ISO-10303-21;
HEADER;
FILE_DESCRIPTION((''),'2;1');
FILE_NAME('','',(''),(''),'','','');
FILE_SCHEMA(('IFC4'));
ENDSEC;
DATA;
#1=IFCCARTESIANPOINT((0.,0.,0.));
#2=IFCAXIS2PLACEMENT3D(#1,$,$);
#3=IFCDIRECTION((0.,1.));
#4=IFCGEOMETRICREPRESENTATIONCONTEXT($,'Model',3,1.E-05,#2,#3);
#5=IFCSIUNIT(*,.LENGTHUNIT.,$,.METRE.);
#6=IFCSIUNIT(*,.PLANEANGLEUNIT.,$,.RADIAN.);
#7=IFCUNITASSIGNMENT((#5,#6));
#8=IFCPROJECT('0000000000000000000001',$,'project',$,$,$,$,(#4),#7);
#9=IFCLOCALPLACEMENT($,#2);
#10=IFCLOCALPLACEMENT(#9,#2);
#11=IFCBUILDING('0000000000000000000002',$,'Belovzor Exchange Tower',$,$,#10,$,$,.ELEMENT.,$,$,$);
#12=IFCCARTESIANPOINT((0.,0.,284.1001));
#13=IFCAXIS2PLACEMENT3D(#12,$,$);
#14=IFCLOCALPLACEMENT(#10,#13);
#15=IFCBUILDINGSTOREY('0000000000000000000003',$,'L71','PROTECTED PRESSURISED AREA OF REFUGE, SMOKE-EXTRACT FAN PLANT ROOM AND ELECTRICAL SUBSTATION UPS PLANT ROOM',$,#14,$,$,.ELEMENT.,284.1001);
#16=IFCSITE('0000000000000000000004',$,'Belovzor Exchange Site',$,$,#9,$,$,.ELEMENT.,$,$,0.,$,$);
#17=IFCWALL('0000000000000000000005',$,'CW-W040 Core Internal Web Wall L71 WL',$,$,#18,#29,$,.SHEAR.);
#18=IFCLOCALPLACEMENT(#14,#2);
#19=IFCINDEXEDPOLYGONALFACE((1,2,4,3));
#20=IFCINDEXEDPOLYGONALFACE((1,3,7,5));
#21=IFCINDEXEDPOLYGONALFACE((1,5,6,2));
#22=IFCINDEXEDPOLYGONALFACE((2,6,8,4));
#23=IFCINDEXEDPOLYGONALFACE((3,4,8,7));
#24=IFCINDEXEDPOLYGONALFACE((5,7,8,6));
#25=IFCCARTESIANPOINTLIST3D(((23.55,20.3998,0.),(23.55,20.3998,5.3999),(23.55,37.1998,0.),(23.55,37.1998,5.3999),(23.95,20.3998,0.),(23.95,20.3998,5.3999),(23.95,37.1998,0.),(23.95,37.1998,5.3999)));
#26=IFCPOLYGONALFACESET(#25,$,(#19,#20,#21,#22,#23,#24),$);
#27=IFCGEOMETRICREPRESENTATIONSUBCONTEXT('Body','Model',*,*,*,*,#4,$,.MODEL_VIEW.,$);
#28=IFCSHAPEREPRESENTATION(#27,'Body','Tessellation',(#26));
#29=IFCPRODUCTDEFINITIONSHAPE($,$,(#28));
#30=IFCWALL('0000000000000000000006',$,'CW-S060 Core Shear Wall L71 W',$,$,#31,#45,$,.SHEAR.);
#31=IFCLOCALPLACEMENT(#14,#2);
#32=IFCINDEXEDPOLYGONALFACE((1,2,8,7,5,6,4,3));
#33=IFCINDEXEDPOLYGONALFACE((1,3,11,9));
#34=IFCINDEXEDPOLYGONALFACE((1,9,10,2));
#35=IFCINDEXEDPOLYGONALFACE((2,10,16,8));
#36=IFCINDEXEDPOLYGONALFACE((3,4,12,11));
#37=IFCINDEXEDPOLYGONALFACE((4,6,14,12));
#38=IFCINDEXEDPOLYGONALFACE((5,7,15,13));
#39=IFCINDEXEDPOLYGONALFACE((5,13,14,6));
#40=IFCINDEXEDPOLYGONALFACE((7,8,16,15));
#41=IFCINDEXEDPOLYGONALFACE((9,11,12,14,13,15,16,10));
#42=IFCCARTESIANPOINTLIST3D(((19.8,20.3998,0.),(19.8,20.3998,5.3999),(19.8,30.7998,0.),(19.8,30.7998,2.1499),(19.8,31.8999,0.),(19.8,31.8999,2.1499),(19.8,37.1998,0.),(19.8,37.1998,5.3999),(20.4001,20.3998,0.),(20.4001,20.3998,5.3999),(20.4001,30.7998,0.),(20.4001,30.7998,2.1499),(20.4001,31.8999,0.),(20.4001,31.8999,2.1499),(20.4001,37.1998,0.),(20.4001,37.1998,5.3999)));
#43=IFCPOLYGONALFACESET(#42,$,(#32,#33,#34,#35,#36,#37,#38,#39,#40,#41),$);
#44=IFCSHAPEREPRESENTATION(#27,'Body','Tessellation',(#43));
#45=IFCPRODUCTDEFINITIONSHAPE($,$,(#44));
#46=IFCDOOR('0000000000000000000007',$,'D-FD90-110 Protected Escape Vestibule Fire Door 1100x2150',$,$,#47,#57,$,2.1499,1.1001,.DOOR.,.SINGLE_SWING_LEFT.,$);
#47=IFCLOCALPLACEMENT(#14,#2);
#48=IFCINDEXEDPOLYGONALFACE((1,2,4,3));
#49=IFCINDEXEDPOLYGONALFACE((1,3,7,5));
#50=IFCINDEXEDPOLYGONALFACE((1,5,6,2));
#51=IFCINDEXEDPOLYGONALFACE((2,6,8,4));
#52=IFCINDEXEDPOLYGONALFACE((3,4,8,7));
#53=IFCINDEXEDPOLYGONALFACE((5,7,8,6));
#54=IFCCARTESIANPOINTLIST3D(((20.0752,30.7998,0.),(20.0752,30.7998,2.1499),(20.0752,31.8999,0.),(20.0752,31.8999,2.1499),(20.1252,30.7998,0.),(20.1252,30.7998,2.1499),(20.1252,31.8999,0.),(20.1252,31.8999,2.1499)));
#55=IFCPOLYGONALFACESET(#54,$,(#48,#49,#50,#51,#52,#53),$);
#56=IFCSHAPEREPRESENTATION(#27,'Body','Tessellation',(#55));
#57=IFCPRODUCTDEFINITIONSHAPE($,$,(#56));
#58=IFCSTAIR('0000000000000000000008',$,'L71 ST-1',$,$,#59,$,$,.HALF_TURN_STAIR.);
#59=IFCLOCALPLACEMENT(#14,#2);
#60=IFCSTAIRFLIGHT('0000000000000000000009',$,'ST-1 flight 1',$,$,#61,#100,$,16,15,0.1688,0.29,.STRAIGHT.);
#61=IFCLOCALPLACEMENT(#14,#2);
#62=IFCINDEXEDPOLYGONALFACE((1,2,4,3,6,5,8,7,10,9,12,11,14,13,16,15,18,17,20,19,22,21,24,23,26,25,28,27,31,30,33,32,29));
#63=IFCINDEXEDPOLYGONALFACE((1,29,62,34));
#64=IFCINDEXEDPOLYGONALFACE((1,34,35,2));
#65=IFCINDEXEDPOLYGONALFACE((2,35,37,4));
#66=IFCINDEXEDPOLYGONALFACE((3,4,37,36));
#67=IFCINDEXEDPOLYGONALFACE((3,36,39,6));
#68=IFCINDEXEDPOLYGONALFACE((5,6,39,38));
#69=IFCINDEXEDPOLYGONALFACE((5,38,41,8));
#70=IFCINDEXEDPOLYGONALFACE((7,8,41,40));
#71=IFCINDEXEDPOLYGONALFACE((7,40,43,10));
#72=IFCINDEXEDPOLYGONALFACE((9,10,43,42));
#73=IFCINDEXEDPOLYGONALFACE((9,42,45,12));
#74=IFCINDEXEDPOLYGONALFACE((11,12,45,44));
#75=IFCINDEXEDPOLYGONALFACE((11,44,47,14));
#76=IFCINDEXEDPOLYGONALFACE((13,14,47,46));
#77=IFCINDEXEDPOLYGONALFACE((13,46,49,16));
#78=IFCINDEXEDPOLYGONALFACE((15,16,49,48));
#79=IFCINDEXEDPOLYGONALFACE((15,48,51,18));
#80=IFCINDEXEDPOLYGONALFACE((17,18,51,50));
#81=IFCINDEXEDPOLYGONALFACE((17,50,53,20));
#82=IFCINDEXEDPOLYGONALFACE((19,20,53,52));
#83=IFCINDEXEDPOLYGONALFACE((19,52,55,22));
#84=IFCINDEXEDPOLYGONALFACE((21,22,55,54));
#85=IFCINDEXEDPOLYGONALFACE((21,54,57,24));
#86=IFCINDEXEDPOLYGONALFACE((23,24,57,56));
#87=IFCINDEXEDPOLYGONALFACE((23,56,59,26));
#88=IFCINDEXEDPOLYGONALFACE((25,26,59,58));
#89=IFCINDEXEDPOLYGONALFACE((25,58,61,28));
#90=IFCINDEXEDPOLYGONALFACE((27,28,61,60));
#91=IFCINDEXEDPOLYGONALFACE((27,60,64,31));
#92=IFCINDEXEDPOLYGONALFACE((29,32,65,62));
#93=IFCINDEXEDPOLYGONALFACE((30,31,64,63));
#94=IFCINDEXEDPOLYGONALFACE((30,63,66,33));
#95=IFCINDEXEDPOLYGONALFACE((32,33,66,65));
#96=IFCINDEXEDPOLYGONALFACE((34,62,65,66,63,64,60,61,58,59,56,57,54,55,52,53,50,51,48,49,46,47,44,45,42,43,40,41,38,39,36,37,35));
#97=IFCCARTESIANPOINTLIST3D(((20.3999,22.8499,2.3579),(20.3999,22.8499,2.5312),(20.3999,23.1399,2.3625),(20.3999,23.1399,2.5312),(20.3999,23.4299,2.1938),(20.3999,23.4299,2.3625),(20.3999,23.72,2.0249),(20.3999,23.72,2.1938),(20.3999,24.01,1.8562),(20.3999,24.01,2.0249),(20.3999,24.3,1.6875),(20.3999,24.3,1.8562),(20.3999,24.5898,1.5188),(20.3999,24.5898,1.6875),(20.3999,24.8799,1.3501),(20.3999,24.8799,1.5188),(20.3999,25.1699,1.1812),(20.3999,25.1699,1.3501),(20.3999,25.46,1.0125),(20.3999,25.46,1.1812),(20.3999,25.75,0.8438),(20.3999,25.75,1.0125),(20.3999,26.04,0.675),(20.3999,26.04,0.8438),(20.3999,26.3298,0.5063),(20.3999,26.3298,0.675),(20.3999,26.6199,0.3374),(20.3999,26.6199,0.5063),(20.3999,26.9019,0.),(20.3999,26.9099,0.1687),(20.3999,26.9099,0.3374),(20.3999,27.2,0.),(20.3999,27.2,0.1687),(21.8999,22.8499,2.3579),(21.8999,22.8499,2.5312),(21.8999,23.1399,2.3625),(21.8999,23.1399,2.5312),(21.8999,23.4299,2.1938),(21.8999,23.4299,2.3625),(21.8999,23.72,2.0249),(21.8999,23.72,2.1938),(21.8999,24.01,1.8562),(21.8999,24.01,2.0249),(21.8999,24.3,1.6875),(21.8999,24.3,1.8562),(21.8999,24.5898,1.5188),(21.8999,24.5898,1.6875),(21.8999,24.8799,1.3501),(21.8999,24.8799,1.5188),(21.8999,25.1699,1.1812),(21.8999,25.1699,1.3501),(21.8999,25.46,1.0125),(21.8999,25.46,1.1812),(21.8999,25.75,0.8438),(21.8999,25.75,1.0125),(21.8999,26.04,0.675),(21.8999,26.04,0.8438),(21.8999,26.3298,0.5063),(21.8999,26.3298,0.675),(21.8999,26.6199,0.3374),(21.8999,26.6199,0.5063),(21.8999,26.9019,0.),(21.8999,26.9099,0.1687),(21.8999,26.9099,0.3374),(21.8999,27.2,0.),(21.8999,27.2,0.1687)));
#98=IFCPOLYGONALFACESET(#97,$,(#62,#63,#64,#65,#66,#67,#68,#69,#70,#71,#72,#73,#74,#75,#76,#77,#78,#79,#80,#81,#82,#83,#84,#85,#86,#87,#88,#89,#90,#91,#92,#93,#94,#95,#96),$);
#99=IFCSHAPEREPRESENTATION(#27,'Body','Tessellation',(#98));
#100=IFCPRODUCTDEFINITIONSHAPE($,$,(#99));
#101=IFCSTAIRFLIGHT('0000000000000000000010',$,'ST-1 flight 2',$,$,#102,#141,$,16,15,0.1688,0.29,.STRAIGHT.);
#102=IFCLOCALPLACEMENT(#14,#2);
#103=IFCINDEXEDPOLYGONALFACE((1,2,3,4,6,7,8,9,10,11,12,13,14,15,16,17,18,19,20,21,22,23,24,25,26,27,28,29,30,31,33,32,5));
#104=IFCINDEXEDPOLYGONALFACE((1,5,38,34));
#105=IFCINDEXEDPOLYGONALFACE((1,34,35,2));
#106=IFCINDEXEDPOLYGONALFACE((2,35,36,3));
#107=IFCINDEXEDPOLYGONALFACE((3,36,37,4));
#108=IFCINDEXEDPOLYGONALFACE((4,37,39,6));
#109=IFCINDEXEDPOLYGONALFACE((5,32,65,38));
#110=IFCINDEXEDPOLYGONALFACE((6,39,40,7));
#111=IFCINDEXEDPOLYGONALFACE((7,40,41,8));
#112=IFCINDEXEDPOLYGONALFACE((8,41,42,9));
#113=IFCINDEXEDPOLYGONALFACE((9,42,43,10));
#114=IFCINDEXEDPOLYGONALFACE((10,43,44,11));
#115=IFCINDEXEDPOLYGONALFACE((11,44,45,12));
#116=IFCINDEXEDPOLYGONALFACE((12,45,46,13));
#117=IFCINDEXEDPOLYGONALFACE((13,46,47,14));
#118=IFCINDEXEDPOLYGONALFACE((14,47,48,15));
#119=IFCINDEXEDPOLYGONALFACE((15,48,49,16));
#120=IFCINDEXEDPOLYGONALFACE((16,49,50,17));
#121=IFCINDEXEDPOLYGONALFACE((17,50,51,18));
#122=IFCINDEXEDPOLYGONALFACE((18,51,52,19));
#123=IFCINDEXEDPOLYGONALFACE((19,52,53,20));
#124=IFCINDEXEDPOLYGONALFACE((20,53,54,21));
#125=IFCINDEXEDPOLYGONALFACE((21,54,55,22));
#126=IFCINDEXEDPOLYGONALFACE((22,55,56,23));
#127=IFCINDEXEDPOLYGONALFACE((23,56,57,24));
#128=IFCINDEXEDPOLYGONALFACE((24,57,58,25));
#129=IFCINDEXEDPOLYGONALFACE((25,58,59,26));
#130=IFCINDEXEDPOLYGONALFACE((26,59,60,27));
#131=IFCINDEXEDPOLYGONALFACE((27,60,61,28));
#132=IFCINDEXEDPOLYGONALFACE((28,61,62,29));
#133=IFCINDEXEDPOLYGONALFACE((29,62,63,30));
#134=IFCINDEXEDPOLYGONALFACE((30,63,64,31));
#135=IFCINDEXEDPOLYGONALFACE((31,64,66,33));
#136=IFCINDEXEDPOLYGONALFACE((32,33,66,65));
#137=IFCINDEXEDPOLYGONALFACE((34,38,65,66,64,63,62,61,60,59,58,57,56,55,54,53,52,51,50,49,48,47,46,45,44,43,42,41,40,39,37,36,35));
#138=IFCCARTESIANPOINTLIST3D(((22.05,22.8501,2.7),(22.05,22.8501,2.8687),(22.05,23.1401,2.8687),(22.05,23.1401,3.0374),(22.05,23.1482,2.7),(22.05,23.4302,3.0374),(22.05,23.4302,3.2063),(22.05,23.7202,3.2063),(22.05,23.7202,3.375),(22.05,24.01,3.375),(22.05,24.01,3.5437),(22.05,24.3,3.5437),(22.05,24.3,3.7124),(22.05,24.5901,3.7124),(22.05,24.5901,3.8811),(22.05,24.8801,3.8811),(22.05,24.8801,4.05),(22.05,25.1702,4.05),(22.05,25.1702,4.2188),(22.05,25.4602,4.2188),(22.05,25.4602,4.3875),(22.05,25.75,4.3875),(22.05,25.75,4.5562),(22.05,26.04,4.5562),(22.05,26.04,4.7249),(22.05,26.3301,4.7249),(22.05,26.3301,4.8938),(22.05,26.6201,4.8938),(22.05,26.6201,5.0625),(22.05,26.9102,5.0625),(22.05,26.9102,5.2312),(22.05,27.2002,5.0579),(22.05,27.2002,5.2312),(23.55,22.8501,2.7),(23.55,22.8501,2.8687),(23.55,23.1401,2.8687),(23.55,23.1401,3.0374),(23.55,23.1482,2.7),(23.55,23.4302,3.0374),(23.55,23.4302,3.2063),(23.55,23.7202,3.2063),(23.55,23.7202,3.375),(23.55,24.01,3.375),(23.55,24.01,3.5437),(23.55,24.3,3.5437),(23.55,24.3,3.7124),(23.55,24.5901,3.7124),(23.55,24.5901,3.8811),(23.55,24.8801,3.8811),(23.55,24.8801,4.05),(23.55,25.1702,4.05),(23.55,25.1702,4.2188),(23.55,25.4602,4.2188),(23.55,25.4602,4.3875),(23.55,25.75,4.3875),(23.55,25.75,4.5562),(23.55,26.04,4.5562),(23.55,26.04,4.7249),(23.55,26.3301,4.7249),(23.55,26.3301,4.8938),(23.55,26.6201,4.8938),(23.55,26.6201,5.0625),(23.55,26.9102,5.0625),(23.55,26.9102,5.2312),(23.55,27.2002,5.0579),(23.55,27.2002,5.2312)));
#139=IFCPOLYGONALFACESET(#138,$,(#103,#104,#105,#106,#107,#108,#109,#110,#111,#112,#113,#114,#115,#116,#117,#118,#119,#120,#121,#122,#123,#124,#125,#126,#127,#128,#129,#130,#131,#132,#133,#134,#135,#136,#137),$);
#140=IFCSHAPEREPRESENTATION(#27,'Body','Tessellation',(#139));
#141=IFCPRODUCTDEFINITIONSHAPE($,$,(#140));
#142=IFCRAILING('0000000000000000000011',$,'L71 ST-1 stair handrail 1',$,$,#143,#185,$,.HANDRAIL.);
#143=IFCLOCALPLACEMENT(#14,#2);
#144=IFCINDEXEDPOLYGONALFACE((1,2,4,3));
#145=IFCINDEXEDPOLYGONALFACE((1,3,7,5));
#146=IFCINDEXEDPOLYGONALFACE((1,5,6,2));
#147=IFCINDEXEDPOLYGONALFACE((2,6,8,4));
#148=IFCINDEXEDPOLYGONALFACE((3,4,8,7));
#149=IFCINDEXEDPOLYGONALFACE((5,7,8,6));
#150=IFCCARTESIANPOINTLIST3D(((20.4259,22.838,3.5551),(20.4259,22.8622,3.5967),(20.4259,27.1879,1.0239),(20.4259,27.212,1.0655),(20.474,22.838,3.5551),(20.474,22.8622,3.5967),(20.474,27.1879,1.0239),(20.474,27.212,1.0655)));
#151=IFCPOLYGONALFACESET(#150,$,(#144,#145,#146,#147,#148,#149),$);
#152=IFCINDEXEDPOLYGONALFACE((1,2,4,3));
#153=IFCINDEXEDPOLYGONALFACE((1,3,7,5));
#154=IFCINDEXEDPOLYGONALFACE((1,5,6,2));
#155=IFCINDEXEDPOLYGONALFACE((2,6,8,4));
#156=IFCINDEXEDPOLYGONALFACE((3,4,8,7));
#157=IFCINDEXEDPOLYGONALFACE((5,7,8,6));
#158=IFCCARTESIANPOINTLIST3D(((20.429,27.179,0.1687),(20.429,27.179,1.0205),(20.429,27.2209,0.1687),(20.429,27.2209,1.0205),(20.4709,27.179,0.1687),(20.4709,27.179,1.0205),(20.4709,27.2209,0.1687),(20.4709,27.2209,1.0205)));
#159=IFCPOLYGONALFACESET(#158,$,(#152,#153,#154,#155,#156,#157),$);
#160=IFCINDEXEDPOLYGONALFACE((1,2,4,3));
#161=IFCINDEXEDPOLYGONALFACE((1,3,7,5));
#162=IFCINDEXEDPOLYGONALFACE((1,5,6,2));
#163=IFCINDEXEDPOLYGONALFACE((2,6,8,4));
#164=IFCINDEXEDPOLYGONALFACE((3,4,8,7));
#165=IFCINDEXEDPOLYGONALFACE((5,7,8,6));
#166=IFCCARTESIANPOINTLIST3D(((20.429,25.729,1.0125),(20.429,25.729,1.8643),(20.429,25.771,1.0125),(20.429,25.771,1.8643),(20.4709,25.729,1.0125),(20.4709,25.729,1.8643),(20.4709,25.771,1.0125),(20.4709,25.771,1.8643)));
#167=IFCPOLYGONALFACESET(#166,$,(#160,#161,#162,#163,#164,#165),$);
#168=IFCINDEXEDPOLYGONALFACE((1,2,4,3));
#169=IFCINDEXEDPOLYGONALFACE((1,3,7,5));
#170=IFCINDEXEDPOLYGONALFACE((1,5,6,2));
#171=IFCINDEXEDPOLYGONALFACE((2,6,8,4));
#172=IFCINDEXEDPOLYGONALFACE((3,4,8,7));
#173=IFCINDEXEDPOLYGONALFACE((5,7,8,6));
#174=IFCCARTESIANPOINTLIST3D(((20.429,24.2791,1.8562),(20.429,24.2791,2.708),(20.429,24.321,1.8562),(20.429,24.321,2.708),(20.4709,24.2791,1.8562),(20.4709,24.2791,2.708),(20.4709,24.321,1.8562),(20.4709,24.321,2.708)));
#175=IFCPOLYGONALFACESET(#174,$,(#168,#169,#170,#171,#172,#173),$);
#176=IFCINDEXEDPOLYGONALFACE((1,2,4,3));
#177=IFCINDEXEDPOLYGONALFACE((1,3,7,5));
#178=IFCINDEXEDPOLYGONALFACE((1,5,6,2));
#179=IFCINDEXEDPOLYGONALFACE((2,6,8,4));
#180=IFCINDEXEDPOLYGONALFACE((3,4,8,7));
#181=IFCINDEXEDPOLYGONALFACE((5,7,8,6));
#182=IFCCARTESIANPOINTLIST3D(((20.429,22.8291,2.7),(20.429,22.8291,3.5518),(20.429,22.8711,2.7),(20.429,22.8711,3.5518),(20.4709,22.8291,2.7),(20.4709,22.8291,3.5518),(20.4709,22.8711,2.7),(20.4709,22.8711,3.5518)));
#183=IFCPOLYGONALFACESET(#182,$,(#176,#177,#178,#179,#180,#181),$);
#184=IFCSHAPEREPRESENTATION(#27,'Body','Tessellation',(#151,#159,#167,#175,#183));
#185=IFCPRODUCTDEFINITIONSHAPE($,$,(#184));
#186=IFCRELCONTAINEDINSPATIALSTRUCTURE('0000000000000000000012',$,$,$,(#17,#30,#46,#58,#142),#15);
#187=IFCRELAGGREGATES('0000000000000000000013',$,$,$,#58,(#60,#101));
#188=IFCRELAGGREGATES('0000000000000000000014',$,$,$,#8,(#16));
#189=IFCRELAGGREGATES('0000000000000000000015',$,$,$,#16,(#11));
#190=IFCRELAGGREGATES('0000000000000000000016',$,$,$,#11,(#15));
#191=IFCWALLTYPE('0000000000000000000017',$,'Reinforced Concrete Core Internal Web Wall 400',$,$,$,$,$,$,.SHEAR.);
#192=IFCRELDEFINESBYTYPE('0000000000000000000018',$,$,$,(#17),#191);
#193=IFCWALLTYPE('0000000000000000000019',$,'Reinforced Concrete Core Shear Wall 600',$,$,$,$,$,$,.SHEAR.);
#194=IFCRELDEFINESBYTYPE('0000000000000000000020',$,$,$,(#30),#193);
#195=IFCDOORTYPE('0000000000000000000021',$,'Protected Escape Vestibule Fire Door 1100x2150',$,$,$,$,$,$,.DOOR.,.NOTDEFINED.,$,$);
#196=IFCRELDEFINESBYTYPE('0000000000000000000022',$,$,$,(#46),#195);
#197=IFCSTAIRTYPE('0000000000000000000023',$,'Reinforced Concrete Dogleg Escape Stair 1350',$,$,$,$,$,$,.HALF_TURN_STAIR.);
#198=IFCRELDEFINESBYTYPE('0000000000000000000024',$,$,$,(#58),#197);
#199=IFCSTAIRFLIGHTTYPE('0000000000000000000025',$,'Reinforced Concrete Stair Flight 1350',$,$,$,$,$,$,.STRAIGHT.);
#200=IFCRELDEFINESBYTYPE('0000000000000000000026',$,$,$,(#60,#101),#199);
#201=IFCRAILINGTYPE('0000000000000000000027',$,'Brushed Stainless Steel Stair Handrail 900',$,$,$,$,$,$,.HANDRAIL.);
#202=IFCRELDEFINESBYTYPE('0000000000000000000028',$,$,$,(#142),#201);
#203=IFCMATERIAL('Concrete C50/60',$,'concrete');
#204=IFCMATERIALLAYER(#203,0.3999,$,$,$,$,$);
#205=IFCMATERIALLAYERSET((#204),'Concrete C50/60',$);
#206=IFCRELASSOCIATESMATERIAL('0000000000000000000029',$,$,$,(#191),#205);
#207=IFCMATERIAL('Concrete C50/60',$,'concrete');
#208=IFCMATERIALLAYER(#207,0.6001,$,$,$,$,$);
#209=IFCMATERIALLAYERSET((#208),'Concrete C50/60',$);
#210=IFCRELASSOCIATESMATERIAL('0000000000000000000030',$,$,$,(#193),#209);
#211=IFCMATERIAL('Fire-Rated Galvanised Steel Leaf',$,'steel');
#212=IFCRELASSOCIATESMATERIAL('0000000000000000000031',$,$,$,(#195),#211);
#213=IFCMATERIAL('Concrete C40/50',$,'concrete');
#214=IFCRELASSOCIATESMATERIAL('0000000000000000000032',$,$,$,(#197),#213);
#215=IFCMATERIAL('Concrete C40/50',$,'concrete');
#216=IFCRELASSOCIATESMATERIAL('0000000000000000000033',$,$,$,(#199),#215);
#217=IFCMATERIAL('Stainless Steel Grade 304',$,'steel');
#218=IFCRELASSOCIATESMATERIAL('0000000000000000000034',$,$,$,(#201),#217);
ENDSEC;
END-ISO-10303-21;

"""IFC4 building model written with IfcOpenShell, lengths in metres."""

from ifc_helpers import new_model, si_unit, direction, frame, frame_2d, origin, origin_2d, place, context, subcontext, project, spatial, polyline, rectangle, outline, extrude, material, layer, layer_set, type_object, element, fill, aggregate, save


model = new_model("IFC4")

# Units and contexts
model_context = context("Model", 3, precision=1e-05, world=origin(), true_north=direction((0.0, 1.0)))
body_context = subcontext(model_context, "Body", "Model", "MODEL_VIEW")
ifc_project = project(units=[si_unit("LENGTHUNIT", "METRE"), si_unit("PLANEANGLEUNIT", "RADIAN")], contexts=[model_context])

# Site, building, storey
site_placement = place(None, origin())
site = spatial("IfcSite", under=ifc_project, at=site_placement, Name="Belovzor Exchange Site", CompositionType="ELEMENT", RefElevation=0.0)
building_placement = place(site_placement, origin())
building = spatial("IfcBuilding", under=site, at=building_placement, Name="Belovzor Exchange Tower", CompositionType="ELEMENT")
storey_placement = place(building_placement, frame((0.0, 0.0, 284.1001)))
storey = spatial("IfcBuildingStorey", under=building, at=storey_placement, Name="L71", Description="PROTECTED PRESSURISED AREA OF REFUGE, SMOKE-EXTRACT FAN PLANT ROOM AND ELECTRICAL SUBSTATION UPS PLANT ROOM", CompositionType="ELEMENT", Elevation=284.1001)

# Wall
ifc_material_1 = material(Name="Concrete C50/60", Category="concrete")
ifc_layer_1 = layer(ifc_material_1, 0.3999)
ifc_layer_set_1 = layer_set([ifc_layer_1], Name="Concrete C50/60")
wall_type_1 = type_object("IfcWallType", Name="Reinforced Concrete Core Internal Web Wall 400", PredefinedType="SHEAR", material=ifc_layer_set_1)
wall_1_placement = place(storey_placement, frame((23.75, 20.3999, 0.0), z_axis=(0.0, 0.0, 1.0), x_axis=(0.0, 1.0, 0.0)))
element("IfcWall", 1, at=wall_1_placement, inside=storey, type_object=wall_type_1, Name="CW-W040 Core Internal Web Wall L71 WL", PredefinedType="SHEAR", context=body_context, shape_type="SweptSolid", body=[
    extrude(rectangle(XDim=16.8, YDim=0.3999, at=frame_2d((8.3999, 0.0))), origin(), (0.0, 0.0, 1.0), 5.3999),
])

# Wall, opening, door
ifc_material_2 = material(Name="Concrete C50/60", Category="concrete")
ifc_layer_2 = layer(ifc_material_2, 0.6001)
ifc_layer_set_2 = layer_set([ifc_layer_2], Name="Concrete C50/60")
wall_type_2 = type_object("IfcWallType", Name="Reinforced Concrete Core Shear Wall 600", PredefinedType="SHEAR", material=ifc_layer_set_2)
wall_2_placement = place(storey_placement, frame((20.1001, 20.3999, 0.0), z_axis=(0.0, 0.0, 1.0), x_axis=(0.0, 1.0, 0.0)))
wall_2 = element("IfcWall", 2, at=wall_2_placement, inside=storey, type_object=wall_type_2, Name="CW-S060 Core Shear Wall L71 W", PredefinedType="SHEAR", context=body_context, shape_type="SweptSolid", body=[
    extrude(rectangle(XDim=16.8, YDim=0.6001, at=frame_2d((8.3999, 0.0))), origin(), (0.0, 0.0, 1.0), 5.3999),
])
opening_1_placement = place(wall_2_placement, frame((10.3999, 0.0, 0.0)))
opening_1 = element("IfcOpeningElement", 3, at=opening_1_placement, cuts=wall_2, PredefinedType="OPENING", context=body_context, shape_type="SweptSolid", body=[
    extrude(rectangle(XDim=1.1001, YDim=2.1499, at=frame_2d((0.55, 1.075))), frame((0.0, 0.3101, 0.0), z_axis=(0.0, -1.0, 0.0), x_axis=(1.0, 0.0, 0.0)), (0.0, 0.0, 1.0), 0.6201),
])
ifc_material_3 = material(Name="Fire-Rated Galvanised Steel Leaf", Category="steel")
door_type_1 = type_object("IfcDoorType", Name="Protected Escape Vestibule Fire Door 1100x2150", OperationType="NOTDEFINED", PredefinedType="DOOR", material=ifc_material_3)
door_1_placement = place(opening_1_placement, origin())
door_1 = element("IfcDoor", 4, at=door_1_placement, inside=storey, type_object=door_type_1, Name="D-FD90-110 Protected Escape Vestibule Fire Door 1100x2150", OperationType="SINGLE_SWING_LEFT", OverallHeight=2.1499, OverallWidth=1.1001, PredefinedType="DOOR", context=body_context, shape_type="SweptSolid", body=[
    extrude(rectangle(XDim=1.1001, YDim=2.1499, at=frame_2d((0.55, 1.075))), frame((0.0, 0.0249, 0.0), z_axis=(0.0, -1.0, 0.0), x_axis=(1.0, 0.0, 0.0)), (0.0, 0.0, 1.0), 0.05),
])
fill(opening_1, door_1)

# Stair, stair flights
ifc_material_4 = material(Name="Concrete C40/50", Category="concrete")
stair_type = type_object("IfcStairType", Name="Reinforced Concrete Dogleg Escape Stair 1350", PredefinedType="HALF_TURN_STAIR", material=ifc_material_4)
stair_placement = place(storey_placement, origin())
stair = element("IfcStair", 5, at=stair_placement, inside=storey, type_object=stair_type, Name="L71 ST-1", PredefinedType="HALF_TURN_STAIR")
ifc_material_5 = material(Name="Concrete C40/50", Category="concrete")
stair_flight_type = type_object("IfcStairFlightType", Name="Reinforced Concrete Stair Flight 1350", PredefinedType="STRAIGHT", material=ifc_material_5)
stair_flight_1_placement = place(storey_placement, frame((21.1499, 27.2, 0.0), z_axis=(0.0, 0.0, 1.0), x_axis=(0.0, -1.0, 0.0)))
stair_flight_1 = element("IfcStairFlight", 6, at=stair_flight_1_placement, type_object=stair_flight_type, Name="ST-1 flight 1", NumberOfRisers=16, NumberOfTreads=15, PredefinedType="STRAIGHT", RiserHeight=0.1688, TreadLength=0.29, context=body_context, shape_type="SweptSolid", body=[
    extrude(outline(polyline([(0.0, 0.0), (0.0, 0.1687), (0.29, 0.1687), (0.29, 0.3374), (0.5801, 0.3374), (0.5801, 0.5063), (0.8701, 0.5063), (0.8701, 0.675), (1.1599, 0.675), (1.1599, 0.8438), (1.45, 0.8438), (1.45, 1.0125), (1.74, 1.0125), (1.74, 1.1812), (2.03, 1.1812), (2.03, 1.3501), (2.3201, 1.3501), (2.3201, 1.5188), (2.6101, 1.5188), (2.6101, 1.6875), (2.8999, 1.6875), (2.8999, 1.8562), (3.1899, 1.8562), (3.1899, 2.0249), (3.48, 2.0249), (3.48, 2.1938), (3.77, 2.1938), (3.77, 2.3625), (4.0601, 2.3625), (4.0601, 2.5312), (4.3501, 2.5312), (4.3501, 2.7), (4.3501, 2.3579), (0.2981, 0.0), (0.0, 0.0)])), frame((0.0, 0.75, 0.0), z_axis=(0.0, -1.0, 0.0), x_axis=(1.0, 0.0, 0.0)), (0.0, 0.0, 1.0), 1.5),
])
stair_flight_2_placement = place(storey_placement, frame((22.8, 22.8501, 2.7), z_axis=(0.0, 0.0, 1.0), x_axis=(0.0, 1.0, 0.0)))
stair_flight_2 = element("IfcStairFlight", 7, at=stair_flight_2_placement, type_object=stair_flight_type, Name="ST-1 flight 2", NumberOfRisers=16, NumberOfTreads=15, PredefinedType="STRAIGHT", RiserHeight=0.1688, TreadLength=0.29, context=body_context, shape_type="SweptSolid", body=[
    extrude(outline(polyline([(0.0, 0.0), (0.0, 0.1687), (0.29, 0.1687), (0.29, 0.3374), (0.5801, 0.3374), (0.5801, 0.5063), (0.8701, 0.5063), (0.8701, 0.675), (1.1599, 0.675), (1.1599, 0.8438), (1.45, 0.8438), (1.45, 1.0125), (1.74, 1.0125), (1.74, 1.1812), (2.03, 1.1812), (2.03, 1.3501), (2.3201, 1.3501), (2.3201, 1.5188), (2.6101, 1.5188), (2.6101, 1.6875), (2.8999, 1.6875), (2.8999, 1.8562), (3.1899, 1.8562), (3.1899, 2.0249), (3.48, 2.0249), (3.48, 2.1938), (3.77, 2.1938), (3.77, 2.3625), (4.0601, 2.3625), (4.0601, 2.5312), (4.3501, 2.5312), (4.3501, 2.7), (4.3501, 2.3579), (0.2981, 0.0), (0.0, 0.0)])), frame((0.0, 0.75, 0.0), z_axis=(0.0, -1.0, 0.0), x_axis=(1.0, 0.0, 0.0)), (0.0, 0.0, 1.0), 1.5),
])
aggregate(stair, [stair_flight_1, stair_flight_2])

# Railing
ifc_material_6 = material(Name="Stainless Steel Grade 304", Category="steel")
railing_type_1 = type_object("IfcRailingType", Name="Brushed Stainless Steel Stair Handrail 900", PredefinedType="HANDRAIL", material=ifc_material_6)
railing_1_placement = place(storey_placement, frame((20.45, 27.2, 0.1687)))
element("IfcRailing", 8, at=railing_1_placement, inside=storey, type_object=railing_type_1, Name="L71 ST-1 stair handrail 1", PredefinedType="HANDRAIL", context=body_context, shape_type="SweptSolid", body=[
    extrude(rectangle(XDim=0.0481, YDim=0.0481, at=origin_2d()), frame((0.0, 0.0, 0.876), z_axis=(0.0, -0.864312, 0.502957), x_axis=(1.0, 0.0, 0.0)), (0.0, 0.0, 1.0), 5.0327),
    extrude(rectangle(XDim=0.042, YDim=0.042, at=origin_2d()), origin(), (0.0, 0.0, 1.0), 0.8518),
    extrude(rectangle(XDim=0.042, YDim=0.042, at=origin_2d()), frame((0.0, -1.45, 0.8438)), (0.0, 0.0, 1.0), 0.8518),
    extrude(rectangle(XDim=0.042, YDim=0.042, at=origin_2d()), frame((0.0, -2.8999, 1.6875)), (0.0, 0.0, 1.0), 0.8518),
    extrude(rectangle(XDim=0.042, YDim=0.042, at=origin_2d()), frame((0.0, -4.3499, 2.5312)), (0.0, 0.0, 1.0), 0.8518),
])

save(model, "model.ifc")
